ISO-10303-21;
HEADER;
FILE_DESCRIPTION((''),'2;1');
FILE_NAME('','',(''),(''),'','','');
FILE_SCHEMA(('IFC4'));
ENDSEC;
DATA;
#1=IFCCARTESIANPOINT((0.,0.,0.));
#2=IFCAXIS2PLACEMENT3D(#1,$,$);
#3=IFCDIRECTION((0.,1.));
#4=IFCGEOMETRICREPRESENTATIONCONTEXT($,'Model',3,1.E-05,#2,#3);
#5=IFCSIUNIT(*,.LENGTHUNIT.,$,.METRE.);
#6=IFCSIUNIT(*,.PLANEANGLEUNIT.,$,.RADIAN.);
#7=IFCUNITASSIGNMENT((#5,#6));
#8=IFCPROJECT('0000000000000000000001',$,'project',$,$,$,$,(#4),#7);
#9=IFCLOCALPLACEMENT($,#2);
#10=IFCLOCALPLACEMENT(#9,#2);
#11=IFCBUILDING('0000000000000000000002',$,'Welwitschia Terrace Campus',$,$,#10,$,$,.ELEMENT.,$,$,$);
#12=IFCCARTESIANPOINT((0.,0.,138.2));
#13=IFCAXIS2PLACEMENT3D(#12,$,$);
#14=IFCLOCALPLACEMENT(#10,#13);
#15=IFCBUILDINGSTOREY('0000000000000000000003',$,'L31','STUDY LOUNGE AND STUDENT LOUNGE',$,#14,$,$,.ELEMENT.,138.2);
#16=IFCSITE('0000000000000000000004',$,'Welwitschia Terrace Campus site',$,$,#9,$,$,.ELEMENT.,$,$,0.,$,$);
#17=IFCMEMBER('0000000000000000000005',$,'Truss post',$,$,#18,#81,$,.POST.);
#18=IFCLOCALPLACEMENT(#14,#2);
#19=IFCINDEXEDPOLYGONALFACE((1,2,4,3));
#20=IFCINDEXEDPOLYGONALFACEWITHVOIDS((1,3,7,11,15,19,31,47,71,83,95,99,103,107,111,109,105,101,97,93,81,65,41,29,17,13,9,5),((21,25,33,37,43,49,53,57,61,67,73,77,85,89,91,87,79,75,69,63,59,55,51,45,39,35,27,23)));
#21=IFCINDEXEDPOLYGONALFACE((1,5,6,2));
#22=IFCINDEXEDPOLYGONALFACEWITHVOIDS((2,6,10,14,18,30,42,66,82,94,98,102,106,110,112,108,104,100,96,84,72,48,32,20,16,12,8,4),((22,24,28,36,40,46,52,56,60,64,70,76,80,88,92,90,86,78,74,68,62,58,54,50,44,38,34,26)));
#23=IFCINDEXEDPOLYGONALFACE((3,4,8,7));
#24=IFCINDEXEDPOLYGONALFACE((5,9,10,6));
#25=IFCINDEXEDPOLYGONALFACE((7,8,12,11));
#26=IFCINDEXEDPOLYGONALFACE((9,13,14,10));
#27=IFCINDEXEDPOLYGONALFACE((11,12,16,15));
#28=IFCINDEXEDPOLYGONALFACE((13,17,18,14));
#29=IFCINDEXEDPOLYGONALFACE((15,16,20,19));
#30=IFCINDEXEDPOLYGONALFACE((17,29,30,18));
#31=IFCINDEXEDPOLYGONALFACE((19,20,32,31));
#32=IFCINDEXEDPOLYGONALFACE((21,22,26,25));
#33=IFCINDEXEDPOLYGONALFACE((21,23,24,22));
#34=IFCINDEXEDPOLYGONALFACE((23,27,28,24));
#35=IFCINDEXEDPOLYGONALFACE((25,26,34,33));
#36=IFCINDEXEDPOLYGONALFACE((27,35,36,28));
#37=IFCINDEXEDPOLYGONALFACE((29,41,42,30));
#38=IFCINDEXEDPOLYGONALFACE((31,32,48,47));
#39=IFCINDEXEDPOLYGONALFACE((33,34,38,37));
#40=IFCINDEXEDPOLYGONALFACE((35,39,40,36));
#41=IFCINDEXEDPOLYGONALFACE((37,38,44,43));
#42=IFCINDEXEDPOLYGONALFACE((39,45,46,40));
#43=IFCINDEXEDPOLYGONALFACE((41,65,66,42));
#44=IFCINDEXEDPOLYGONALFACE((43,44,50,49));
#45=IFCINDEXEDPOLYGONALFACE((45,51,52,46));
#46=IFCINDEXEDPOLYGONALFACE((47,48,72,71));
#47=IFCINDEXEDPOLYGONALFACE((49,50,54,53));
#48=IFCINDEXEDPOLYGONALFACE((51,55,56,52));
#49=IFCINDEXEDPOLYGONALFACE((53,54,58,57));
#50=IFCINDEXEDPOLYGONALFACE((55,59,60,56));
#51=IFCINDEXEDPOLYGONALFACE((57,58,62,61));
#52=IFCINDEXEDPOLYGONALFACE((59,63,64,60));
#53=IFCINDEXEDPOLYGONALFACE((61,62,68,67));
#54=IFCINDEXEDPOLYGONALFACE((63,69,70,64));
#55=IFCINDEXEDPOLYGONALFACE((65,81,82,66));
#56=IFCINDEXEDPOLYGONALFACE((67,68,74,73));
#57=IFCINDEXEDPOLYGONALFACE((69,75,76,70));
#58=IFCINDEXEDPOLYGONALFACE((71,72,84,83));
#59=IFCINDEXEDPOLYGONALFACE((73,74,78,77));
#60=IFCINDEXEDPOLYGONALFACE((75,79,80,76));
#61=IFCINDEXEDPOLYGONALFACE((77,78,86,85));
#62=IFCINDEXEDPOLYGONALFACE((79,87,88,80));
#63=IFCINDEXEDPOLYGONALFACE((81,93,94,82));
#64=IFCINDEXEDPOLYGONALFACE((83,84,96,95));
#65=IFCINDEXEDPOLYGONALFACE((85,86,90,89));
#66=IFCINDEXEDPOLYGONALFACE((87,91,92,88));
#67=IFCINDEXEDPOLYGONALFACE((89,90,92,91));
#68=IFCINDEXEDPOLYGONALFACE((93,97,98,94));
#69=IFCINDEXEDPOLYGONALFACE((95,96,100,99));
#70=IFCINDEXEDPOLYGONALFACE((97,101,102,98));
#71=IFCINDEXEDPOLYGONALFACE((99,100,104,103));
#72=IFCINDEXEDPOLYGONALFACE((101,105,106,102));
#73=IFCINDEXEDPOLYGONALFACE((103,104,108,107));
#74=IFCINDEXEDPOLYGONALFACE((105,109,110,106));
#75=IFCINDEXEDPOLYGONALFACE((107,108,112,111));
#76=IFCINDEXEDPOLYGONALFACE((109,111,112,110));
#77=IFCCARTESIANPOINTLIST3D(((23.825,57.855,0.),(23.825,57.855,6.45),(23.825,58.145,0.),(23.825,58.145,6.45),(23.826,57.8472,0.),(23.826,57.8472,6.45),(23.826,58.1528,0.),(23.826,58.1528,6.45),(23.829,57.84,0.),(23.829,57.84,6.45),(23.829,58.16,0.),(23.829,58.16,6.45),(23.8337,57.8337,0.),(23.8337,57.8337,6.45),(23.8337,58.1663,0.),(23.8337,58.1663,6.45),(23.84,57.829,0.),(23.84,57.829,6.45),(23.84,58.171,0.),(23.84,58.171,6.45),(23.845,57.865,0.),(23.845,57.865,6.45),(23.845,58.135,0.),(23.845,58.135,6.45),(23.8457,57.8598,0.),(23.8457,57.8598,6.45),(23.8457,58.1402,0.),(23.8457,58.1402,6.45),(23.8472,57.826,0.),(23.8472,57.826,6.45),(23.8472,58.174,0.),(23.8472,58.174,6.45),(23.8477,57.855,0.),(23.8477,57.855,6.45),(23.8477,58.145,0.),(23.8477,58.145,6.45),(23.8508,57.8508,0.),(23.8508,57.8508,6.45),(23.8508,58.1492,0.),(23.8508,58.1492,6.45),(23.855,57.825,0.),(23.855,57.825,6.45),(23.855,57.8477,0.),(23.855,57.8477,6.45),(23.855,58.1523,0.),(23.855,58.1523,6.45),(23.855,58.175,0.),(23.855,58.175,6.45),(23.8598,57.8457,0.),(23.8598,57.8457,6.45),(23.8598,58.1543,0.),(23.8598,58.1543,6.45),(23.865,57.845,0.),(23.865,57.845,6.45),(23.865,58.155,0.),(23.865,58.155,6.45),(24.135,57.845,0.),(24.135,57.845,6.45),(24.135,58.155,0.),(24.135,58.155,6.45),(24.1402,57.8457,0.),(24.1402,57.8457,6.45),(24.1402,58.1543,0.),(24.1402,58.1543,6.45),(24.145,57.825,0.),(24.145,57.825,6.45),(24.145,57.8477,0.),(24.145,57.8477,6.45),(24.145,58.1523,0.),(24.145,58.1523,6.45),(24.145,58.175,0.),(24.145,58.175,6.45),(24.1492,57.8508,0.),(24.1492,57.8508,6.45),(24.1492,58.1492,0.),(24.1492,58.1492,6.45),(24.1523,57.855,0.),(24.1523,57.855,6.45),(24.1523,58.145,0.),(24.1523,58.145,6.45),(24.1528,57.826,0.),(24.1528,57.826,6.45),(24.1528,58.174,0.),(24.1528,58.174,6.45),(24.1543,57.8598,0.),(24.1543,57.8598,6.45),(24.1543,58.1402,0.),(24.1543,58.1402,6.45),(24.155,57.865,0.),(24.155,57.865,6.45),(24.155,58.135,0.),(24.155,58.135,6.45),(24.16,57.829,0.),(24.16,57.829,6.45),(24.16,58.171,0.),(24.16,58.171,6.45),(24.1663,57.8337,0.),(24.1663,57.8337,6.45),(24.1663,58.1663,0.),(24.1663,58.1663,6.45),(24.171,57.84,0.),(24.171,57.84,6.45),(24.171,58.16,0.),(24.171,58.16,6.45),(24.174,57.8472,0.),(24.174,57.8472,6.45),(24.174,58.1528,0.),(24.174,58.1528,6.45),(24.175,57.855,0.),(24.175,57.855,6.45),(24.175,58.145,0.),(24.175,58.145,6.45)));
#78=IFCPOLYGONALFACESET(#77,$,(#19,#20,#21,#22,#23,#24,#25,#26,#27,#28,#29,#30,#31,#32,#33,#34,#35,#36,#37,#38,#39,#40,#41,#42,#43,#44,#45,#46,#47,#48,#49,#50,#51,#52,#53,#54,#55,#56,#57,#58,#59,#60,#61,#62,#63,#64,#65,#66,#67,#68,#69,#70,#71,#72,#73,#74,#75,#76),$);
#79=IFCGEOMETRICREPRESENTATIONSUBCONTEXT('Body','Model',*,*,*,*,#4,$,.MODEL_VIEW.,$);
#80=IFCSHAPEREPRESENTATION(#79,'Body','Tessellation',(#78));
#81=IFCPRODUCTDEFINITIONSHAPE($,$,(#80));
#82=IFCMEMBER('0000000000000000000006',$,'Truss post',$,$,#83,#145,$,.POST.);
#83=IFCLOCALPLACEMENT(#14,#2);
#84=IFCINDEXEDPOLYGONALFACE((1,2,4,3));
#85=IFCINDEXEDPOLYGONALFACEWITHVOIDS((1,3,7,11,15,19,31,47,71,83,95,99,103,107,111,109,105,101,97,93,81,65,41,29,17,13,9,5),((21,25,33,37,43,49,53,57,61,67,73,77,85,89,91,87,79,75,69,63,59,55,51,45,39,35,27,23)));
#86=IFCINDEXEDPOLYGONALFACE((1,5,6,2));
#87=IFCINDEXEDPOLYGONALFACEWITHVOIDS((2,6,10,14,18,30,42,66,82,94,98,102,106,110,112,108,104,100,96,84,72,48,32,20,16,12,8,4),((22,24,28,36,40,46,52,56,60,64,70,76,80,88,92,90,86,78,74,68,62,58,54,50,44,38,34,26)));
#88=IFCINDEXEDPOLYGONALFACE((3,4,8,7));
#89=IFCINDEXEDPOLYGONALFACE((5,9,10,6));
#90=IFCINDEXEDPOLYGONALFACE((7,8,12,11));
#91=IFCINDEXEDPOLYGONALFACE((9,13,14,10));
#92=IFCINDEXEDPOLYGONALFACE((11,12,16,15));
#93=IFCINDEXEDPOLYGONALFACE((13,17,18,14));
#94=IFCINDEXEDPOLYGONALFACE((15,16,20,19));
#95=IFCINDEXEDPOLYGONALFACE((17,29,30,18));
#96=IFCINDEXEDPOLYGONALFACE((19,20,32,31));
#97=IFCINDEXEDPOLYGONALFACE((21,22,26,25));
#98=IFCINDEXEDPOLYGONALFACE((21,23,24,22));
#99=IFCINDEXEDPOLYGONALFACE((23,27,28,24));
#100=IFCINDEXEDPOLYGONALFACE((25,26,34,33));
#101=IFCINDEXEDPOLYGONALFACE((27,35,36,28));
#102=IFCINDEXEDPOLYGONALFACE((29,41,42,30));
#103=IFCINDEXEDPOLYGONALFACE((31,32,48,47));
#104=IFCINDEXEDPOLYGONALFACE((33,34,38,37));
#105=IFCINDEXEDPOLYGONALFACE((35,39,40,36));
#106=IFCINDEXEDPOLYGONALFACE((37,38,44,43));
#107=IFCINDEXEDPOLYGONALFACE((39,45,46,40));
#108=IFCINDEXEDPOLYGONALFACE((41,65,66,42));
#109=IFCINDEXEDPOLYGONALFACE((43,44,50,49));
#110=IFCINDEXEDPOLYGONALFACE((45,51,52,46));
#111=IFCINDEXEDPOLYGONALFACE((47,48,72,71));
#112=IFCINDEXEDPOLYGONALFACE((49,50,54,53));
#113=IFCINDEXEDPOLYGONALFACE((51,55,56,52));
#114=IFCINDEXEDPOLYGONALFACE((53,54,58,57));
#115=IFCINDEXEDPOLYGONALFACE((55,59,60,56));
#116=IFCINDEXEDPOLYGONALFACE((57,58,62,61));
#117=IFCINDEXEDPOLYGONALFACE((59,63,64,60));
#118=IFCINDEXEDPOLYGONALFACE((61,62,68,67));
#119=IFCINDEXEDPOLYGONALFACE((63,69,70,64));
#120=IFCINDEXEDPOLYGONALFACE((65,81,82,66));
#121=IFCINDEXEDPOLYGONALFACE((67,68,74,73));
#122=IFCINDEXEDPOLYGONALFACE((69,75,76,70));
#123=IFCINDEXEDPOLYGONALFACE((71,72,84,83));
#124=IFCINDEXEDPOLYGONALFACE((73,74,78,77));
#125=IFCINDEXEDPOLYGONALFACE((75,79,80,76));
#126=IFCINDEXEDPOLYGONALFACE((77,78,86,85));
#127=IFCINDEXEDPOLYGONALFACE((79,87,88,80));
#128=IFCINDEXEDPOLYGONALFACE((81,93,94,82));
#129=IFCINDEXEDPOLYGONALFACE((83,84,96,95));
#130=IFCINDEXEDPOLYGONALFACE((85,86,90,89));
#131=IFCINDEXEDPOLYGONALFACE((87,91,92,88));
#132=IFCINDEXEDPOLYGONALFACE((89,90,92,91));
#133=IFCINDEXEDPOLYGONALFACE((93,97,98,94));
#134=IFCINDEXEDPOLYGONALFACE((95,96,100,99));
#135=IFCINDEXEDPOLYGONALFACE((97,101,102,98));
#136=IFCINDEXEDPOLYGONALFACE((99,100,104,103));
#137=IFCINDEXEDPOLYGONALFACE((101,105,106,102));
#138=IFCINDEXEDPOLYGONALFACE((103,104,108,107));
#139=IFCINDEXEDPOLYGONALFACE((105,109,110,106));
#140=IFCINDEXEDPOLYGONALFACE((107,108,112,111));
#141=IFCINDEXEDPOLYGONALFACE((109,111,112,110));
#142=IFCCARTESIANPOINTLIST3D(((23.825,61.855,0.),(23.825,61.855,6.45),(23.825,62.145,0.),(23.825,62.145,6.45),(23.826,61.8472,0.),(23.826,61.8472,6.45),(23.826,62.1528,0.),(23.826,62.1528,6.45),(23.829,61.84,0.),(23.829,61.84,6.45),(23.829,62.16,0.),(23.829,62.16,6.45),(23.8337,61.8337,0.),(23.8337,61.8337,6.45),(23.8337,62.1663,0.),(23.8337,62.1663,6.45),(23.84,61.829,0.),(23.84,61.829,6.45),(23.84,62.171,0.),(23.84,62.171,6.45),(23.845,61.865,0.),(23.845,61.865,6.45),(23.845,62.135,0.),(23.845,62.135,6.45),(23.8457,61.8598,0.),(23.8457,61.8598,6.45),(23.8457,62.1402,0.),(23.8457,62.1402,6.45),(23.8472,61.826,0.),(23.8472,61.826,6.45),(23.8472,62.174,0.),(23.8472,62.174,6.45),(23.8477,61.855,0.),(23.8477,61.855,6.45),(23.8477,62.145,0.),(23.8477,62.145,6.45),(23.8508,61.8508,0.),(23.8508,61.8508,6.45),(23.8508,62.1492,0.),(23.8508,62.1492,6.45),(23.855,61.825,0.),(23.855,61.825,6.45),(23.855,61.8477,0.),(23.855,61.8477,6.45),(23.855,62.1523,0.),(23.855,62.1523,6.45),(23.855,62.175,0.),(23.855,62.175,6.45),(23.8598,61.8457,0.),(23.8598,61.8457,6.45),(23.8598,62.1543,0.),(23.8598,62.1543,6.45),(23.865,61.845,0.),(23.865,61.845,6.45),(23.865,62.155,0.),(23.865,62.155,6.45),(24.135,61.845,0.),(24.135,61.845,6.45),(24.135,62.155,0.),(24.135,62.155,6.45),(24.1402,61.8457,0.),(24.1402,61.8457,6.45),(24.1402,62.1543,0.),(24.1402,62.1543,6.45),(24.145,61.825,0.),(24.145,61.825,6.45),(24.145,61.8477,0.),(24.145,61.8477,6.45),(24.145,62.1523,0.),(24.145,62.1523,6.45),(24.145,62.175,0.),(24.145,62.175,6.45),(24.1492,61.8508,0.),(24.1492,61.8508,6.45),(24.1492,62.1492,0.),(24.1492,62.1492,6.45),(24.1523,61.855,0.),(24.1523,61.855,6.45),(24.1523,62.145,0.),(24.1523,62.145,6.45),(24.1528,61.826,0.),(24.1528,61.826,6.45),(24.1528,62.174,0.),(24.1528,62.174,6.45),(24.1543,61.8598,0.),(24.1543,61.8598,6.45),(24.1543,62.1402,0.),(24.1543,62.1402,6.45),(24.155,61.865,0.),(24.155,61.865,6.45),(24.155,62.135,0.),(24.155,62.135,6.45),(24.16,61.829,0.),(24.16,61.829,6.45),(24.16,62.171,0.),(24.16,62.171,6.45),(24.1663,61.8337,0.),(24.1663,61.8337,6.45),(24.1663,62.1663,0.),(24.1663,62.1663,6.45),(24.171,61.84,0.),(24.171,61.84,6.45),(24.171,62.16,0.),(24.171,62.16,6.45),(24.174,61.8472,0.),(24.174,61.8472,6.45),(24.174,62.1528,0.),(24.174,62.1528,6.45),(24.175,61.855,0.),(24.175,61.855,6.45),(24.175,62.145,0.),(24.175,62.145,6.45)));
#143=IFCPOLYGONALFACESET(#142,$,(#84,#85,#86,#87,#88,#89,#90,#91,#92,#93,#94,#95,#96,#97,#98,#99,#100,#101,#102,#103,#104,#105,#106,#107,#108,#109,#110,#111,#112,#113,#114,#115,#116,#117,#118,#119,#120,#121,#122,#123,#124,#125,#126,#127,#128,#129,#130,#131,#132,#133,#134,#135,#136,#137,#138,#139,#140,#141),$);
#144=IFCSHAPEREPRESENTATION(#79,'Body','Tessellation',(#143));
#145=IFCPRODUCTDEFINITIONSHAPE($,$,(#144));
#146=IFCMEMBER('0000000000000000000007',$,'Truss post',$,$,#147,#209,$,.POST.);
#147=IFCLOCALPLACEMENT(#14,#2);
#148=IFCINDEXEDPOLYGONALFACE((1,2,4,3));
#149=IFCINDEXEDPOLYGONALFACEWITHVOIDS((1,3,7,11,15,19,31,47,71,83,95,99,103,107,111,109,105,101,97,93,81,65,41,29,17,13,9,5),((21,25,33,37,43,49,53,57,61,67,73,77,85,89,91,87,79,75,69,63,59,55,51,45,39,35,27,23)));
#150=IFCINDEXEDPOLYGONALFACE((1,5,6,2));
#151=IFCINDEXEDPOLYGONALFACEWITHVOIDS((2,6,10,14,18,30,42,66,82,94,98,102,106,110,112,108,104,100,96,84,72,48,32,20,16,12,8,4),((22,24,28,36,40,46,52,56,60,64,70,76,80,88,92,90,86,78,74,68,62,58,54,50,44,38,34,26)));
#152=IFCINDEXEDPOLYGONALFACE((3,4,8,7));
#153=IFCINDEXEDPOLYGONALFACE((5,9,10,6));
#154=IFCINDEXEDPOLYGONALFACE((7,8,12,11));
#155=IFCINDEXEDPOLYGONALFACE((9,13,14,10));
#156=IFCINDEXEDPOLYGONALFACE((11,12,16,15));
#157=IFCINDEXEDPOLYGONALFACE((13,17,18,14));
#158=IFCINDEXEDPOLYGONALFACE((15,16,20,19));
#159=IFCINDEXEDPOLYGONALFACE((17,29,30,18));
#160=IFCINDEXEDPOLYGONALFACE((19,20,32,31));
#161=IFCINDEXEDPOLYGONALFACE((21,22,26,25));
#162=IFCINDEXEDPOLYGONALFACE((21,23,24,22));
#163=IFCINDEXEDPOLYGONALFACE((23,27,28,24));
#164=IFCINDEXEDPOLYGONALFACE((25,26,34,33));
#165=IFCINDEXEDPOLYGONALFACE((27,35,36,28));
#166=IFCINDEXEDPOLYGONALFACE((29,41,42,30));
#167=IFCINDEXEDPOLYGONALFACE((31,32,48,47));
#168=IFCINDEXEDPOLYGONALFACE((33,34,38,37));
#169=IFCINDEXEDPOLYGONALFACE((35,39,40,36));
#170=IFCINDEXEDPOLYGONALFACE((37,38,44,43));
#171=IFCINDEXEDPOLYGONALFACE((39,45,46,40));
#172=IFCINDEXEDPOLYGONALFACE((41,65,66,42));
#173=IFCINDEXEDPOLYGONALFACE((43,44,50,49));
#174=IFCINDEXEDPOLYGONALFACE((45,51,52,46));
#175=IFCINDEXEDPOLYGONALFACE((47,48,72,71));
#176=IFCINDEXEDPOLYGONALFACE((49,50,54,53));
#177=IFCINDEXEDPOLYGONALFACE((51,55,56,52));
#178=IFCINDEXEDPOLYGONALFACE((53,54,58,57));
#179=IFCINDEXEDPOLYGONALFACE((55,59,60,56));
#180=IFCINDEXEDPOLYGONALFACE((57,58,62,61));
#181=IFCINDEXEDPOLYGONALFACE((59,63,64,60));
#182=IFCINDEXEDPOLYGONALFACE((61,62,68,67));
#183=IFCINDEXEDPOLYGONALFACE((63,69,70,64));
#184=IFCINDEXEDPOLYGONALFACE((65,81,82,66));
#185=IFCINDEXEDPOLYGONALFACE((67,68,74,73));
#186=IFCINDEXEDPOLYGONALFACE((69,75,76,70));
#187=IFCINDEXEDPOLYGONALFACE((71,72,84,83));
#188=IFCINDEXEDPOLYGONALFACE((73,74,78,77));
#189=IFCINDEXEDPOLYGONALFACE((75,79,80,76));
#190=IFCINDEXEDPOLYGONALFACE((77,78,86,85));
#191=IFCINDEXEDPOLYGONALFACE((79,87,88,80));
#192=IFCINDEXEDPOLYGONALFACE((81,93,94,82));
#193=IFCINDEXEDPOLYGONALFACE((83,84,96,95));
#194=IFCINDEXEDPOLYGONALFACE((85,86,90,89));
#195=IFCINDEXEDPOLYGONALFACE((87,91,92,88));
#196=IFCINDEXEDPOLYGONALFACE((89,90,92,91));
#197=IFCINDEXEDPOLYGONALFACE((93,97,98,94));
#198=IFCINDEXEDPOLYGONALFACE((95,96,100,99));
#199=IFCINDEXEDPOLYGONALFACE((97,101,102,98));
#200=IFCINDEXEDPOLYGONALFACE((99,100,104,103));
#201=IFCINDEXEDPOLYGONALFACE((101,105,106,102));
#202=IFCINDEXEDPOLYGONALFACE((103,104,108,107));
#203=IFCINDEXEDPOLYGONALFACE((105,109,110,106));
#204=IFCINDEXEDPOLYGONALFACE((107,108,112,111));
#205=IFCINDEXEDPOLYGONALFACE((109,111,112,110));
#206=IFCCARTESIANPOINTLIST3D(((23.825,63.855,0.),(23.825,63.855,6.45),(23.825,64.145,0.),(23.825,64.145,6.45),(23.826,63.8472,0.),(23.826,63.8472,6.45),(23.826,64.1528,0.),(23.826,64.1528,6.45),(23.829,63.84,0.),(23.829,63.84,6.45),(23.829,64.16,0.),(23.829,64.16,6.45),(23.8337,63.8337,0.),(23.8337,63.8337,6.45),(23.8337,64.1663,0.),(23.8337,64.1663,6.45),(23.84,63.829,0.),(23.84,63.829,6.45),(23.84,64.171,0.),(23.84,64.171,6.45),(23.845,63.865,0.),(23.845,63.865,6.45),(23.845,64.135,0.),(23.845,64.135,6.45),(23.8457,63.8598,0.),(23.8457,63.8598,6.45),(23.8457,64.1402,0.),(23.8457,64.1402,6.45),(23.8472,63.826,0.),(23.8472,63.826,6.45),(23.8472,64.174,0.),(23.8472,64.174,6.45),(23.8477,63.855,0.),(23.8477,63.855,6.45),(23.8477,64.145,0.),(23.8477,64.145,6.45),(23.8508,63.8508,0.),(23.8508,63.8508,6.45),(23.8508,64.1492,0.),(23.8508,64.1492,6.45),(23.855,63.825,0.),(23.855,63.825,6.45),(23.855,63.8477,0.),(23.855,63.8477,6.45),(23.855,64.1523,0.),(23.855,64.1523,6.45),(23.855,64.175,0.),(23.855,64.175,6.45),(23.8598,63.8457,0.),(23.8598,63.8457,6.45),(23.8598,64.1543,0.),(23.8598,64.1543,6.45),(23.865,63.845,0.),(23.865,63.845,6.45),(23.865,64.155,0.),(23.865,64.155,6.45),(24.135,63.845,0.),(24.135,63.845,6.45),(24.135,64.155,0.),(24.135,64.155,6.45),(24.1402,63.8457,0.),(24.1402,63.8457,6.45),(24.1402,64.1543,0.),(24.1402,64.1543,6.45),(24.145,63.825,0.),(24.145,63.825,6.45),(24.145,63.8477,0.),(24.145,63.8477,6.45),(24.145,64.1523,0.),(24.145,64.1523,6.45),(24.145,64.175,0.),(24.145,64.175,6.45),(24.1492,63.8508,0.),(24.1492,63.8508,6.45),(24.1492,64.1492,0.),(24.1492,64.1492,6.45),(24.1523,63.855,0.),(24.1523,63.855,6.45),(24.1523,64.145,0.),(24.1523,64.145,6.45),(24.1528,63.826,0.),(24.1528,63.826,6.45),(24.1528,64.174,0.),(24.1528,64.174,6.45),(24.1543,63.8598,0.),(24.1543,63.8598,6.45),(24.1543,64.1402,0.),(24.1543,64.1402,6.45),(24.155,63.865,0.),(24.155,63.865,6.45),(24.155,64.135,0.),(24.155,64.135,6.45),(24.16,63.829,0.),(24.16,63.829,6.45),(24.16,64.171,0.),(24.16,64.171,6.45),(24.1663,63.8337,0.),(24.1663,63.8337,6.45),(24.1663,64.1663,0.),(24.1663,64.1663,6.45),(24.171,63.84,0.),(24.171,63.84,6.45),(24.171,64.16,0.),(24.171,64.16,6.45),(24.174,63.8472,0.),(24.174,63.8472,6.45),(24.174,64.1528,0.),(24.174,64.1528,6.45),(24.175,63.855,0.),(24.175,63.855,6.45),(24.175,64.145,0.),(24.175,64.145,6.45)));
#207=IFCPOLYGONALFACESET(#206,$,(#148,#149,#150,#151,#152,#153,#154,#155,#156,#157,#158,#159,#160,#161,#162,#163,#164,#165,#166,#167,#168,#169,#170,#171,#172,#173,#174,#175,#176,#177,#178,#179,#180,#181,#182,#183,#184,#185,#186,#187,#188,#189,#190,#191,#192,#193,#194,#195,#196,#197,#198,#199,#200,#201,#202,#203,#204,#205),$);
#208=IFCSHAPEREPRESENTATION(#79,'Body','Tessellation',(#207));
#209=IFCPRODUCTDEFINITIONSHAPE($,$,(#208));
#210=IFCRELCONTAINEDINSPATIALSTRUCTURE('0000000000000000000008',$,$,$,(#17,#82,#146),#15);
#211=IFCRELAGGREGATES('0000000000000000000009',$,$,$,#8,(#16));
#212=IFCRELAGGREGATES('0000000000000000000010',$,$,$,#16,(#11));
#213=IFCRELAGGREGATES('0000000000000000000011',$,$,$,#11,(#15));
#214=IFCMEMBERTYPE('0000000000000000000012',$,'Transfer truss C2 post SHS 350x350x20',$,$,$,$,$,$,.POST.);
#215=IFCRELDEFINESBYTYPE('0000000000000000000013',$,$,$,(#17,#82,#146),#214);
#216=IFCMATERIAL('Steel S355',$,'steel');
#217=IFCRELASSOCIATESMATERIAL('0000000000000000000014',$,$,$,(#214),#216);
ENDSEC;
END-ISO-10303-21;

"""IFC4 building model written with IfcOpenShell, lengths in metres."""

from ifc_helpers import new_model, si_unit, direction, frame, origin, origin_2d, place, context, subcontext, project, spatial, hollow_rectangle, extrude, material, material_profile, profile_set, type_object, element, save


model = new_model("IFC4")

# Units and contexts
model_context = context("Model", 3, precision=1e-05, world=origin(), true_north=direction((0.0, 1.0)))
body_context = subcontext(model_context, "Body", "Model", "MODEL_VIEW")
ifc_project = project(units=[si_unit("LENGTHUNIT", "METRE"), si_unit("PLANEANGLEUNIT", "RADIAN")], contexts=[model_context])

# Site, building, storey
site_placement = place(None, origin())
site = spatial("IfcSite", under=ifc_project, at=site_placement, Name="Welwitschia Terrace Campus site", CompositionType="ELEMENT", RefElevation=0.0)
building_placement = place(site_placement, origin())
building = spatial("IfcBuilding", under=site, at=building_placement, Name="Welwitschia Terrace Campus", CompositionType="ELEMENT")
storey_placement = place(building_placement, frame((0.0, 0.0, 138.2)))
storey = spatial("IfcBuildingStorey", under=building, at=storey_placement, Name="L31", Description="STUDY LOUNGE AND STUDENT LOUNGE", CompositionType="ELEMENT", Elevation=138.2)

# Members
ifc_material_1 = material(Name="Steel S355", Category="steel")
ifc_material_profile_1 = material_profile(ifc_material_1, hollow_rectangle(XDim=0.3501, YDim=0.3501, WallThickness=0.02, InnerFilletRadius=0.02, OuterFilletRadius=0.03, at=origin_2d()))
ifc_profile_set_1 = profile_set([ifc_material_profile_1], Name="Steel S355")
member_type_1 = type_object("IfcMemberType", Name="Transfer truss C2 post SHS 350x350x20", PredefinedType="POST", material=ifc_profile_set_1)
for number, where, z_axis, x_axis, name in (
    (1, (24.0, 58.0, 0.0), (0.0, 0.0, 1.0), (1.0, 0.0, 0.0), "Truss post"),
    (2, (24.0, 62.0, 0.0), (0.0, 0.0, 1.0), (1.0, 0.0, 0.0), "Truss post"),
    (3, (24.0, 64.0, 0.0), (0.0, 0.0, 1.0), (1.0, 0.0, 0.0), "Truss post"),
):
    element("IfcMember", number, at=place(storey_placement, frame(where, z_axis=z_axis, x_axis=x_axis)), inside=storey, type_object=member_type_1, Name=name, PredefinedType="POST", context=body_context, shape_type="SweptSolid", body=[
        extrude(hollow_rectangle(XDim=0.3501, YDim=0.3501, WallThickness=0.02, InnerFilletRadius=0.02, OuterFilletRadius=0.03, at=origin_2d()), origin(), (0.0, 0.0, 1.0), 6.45),
    ])

save(model, "model.ifc")
